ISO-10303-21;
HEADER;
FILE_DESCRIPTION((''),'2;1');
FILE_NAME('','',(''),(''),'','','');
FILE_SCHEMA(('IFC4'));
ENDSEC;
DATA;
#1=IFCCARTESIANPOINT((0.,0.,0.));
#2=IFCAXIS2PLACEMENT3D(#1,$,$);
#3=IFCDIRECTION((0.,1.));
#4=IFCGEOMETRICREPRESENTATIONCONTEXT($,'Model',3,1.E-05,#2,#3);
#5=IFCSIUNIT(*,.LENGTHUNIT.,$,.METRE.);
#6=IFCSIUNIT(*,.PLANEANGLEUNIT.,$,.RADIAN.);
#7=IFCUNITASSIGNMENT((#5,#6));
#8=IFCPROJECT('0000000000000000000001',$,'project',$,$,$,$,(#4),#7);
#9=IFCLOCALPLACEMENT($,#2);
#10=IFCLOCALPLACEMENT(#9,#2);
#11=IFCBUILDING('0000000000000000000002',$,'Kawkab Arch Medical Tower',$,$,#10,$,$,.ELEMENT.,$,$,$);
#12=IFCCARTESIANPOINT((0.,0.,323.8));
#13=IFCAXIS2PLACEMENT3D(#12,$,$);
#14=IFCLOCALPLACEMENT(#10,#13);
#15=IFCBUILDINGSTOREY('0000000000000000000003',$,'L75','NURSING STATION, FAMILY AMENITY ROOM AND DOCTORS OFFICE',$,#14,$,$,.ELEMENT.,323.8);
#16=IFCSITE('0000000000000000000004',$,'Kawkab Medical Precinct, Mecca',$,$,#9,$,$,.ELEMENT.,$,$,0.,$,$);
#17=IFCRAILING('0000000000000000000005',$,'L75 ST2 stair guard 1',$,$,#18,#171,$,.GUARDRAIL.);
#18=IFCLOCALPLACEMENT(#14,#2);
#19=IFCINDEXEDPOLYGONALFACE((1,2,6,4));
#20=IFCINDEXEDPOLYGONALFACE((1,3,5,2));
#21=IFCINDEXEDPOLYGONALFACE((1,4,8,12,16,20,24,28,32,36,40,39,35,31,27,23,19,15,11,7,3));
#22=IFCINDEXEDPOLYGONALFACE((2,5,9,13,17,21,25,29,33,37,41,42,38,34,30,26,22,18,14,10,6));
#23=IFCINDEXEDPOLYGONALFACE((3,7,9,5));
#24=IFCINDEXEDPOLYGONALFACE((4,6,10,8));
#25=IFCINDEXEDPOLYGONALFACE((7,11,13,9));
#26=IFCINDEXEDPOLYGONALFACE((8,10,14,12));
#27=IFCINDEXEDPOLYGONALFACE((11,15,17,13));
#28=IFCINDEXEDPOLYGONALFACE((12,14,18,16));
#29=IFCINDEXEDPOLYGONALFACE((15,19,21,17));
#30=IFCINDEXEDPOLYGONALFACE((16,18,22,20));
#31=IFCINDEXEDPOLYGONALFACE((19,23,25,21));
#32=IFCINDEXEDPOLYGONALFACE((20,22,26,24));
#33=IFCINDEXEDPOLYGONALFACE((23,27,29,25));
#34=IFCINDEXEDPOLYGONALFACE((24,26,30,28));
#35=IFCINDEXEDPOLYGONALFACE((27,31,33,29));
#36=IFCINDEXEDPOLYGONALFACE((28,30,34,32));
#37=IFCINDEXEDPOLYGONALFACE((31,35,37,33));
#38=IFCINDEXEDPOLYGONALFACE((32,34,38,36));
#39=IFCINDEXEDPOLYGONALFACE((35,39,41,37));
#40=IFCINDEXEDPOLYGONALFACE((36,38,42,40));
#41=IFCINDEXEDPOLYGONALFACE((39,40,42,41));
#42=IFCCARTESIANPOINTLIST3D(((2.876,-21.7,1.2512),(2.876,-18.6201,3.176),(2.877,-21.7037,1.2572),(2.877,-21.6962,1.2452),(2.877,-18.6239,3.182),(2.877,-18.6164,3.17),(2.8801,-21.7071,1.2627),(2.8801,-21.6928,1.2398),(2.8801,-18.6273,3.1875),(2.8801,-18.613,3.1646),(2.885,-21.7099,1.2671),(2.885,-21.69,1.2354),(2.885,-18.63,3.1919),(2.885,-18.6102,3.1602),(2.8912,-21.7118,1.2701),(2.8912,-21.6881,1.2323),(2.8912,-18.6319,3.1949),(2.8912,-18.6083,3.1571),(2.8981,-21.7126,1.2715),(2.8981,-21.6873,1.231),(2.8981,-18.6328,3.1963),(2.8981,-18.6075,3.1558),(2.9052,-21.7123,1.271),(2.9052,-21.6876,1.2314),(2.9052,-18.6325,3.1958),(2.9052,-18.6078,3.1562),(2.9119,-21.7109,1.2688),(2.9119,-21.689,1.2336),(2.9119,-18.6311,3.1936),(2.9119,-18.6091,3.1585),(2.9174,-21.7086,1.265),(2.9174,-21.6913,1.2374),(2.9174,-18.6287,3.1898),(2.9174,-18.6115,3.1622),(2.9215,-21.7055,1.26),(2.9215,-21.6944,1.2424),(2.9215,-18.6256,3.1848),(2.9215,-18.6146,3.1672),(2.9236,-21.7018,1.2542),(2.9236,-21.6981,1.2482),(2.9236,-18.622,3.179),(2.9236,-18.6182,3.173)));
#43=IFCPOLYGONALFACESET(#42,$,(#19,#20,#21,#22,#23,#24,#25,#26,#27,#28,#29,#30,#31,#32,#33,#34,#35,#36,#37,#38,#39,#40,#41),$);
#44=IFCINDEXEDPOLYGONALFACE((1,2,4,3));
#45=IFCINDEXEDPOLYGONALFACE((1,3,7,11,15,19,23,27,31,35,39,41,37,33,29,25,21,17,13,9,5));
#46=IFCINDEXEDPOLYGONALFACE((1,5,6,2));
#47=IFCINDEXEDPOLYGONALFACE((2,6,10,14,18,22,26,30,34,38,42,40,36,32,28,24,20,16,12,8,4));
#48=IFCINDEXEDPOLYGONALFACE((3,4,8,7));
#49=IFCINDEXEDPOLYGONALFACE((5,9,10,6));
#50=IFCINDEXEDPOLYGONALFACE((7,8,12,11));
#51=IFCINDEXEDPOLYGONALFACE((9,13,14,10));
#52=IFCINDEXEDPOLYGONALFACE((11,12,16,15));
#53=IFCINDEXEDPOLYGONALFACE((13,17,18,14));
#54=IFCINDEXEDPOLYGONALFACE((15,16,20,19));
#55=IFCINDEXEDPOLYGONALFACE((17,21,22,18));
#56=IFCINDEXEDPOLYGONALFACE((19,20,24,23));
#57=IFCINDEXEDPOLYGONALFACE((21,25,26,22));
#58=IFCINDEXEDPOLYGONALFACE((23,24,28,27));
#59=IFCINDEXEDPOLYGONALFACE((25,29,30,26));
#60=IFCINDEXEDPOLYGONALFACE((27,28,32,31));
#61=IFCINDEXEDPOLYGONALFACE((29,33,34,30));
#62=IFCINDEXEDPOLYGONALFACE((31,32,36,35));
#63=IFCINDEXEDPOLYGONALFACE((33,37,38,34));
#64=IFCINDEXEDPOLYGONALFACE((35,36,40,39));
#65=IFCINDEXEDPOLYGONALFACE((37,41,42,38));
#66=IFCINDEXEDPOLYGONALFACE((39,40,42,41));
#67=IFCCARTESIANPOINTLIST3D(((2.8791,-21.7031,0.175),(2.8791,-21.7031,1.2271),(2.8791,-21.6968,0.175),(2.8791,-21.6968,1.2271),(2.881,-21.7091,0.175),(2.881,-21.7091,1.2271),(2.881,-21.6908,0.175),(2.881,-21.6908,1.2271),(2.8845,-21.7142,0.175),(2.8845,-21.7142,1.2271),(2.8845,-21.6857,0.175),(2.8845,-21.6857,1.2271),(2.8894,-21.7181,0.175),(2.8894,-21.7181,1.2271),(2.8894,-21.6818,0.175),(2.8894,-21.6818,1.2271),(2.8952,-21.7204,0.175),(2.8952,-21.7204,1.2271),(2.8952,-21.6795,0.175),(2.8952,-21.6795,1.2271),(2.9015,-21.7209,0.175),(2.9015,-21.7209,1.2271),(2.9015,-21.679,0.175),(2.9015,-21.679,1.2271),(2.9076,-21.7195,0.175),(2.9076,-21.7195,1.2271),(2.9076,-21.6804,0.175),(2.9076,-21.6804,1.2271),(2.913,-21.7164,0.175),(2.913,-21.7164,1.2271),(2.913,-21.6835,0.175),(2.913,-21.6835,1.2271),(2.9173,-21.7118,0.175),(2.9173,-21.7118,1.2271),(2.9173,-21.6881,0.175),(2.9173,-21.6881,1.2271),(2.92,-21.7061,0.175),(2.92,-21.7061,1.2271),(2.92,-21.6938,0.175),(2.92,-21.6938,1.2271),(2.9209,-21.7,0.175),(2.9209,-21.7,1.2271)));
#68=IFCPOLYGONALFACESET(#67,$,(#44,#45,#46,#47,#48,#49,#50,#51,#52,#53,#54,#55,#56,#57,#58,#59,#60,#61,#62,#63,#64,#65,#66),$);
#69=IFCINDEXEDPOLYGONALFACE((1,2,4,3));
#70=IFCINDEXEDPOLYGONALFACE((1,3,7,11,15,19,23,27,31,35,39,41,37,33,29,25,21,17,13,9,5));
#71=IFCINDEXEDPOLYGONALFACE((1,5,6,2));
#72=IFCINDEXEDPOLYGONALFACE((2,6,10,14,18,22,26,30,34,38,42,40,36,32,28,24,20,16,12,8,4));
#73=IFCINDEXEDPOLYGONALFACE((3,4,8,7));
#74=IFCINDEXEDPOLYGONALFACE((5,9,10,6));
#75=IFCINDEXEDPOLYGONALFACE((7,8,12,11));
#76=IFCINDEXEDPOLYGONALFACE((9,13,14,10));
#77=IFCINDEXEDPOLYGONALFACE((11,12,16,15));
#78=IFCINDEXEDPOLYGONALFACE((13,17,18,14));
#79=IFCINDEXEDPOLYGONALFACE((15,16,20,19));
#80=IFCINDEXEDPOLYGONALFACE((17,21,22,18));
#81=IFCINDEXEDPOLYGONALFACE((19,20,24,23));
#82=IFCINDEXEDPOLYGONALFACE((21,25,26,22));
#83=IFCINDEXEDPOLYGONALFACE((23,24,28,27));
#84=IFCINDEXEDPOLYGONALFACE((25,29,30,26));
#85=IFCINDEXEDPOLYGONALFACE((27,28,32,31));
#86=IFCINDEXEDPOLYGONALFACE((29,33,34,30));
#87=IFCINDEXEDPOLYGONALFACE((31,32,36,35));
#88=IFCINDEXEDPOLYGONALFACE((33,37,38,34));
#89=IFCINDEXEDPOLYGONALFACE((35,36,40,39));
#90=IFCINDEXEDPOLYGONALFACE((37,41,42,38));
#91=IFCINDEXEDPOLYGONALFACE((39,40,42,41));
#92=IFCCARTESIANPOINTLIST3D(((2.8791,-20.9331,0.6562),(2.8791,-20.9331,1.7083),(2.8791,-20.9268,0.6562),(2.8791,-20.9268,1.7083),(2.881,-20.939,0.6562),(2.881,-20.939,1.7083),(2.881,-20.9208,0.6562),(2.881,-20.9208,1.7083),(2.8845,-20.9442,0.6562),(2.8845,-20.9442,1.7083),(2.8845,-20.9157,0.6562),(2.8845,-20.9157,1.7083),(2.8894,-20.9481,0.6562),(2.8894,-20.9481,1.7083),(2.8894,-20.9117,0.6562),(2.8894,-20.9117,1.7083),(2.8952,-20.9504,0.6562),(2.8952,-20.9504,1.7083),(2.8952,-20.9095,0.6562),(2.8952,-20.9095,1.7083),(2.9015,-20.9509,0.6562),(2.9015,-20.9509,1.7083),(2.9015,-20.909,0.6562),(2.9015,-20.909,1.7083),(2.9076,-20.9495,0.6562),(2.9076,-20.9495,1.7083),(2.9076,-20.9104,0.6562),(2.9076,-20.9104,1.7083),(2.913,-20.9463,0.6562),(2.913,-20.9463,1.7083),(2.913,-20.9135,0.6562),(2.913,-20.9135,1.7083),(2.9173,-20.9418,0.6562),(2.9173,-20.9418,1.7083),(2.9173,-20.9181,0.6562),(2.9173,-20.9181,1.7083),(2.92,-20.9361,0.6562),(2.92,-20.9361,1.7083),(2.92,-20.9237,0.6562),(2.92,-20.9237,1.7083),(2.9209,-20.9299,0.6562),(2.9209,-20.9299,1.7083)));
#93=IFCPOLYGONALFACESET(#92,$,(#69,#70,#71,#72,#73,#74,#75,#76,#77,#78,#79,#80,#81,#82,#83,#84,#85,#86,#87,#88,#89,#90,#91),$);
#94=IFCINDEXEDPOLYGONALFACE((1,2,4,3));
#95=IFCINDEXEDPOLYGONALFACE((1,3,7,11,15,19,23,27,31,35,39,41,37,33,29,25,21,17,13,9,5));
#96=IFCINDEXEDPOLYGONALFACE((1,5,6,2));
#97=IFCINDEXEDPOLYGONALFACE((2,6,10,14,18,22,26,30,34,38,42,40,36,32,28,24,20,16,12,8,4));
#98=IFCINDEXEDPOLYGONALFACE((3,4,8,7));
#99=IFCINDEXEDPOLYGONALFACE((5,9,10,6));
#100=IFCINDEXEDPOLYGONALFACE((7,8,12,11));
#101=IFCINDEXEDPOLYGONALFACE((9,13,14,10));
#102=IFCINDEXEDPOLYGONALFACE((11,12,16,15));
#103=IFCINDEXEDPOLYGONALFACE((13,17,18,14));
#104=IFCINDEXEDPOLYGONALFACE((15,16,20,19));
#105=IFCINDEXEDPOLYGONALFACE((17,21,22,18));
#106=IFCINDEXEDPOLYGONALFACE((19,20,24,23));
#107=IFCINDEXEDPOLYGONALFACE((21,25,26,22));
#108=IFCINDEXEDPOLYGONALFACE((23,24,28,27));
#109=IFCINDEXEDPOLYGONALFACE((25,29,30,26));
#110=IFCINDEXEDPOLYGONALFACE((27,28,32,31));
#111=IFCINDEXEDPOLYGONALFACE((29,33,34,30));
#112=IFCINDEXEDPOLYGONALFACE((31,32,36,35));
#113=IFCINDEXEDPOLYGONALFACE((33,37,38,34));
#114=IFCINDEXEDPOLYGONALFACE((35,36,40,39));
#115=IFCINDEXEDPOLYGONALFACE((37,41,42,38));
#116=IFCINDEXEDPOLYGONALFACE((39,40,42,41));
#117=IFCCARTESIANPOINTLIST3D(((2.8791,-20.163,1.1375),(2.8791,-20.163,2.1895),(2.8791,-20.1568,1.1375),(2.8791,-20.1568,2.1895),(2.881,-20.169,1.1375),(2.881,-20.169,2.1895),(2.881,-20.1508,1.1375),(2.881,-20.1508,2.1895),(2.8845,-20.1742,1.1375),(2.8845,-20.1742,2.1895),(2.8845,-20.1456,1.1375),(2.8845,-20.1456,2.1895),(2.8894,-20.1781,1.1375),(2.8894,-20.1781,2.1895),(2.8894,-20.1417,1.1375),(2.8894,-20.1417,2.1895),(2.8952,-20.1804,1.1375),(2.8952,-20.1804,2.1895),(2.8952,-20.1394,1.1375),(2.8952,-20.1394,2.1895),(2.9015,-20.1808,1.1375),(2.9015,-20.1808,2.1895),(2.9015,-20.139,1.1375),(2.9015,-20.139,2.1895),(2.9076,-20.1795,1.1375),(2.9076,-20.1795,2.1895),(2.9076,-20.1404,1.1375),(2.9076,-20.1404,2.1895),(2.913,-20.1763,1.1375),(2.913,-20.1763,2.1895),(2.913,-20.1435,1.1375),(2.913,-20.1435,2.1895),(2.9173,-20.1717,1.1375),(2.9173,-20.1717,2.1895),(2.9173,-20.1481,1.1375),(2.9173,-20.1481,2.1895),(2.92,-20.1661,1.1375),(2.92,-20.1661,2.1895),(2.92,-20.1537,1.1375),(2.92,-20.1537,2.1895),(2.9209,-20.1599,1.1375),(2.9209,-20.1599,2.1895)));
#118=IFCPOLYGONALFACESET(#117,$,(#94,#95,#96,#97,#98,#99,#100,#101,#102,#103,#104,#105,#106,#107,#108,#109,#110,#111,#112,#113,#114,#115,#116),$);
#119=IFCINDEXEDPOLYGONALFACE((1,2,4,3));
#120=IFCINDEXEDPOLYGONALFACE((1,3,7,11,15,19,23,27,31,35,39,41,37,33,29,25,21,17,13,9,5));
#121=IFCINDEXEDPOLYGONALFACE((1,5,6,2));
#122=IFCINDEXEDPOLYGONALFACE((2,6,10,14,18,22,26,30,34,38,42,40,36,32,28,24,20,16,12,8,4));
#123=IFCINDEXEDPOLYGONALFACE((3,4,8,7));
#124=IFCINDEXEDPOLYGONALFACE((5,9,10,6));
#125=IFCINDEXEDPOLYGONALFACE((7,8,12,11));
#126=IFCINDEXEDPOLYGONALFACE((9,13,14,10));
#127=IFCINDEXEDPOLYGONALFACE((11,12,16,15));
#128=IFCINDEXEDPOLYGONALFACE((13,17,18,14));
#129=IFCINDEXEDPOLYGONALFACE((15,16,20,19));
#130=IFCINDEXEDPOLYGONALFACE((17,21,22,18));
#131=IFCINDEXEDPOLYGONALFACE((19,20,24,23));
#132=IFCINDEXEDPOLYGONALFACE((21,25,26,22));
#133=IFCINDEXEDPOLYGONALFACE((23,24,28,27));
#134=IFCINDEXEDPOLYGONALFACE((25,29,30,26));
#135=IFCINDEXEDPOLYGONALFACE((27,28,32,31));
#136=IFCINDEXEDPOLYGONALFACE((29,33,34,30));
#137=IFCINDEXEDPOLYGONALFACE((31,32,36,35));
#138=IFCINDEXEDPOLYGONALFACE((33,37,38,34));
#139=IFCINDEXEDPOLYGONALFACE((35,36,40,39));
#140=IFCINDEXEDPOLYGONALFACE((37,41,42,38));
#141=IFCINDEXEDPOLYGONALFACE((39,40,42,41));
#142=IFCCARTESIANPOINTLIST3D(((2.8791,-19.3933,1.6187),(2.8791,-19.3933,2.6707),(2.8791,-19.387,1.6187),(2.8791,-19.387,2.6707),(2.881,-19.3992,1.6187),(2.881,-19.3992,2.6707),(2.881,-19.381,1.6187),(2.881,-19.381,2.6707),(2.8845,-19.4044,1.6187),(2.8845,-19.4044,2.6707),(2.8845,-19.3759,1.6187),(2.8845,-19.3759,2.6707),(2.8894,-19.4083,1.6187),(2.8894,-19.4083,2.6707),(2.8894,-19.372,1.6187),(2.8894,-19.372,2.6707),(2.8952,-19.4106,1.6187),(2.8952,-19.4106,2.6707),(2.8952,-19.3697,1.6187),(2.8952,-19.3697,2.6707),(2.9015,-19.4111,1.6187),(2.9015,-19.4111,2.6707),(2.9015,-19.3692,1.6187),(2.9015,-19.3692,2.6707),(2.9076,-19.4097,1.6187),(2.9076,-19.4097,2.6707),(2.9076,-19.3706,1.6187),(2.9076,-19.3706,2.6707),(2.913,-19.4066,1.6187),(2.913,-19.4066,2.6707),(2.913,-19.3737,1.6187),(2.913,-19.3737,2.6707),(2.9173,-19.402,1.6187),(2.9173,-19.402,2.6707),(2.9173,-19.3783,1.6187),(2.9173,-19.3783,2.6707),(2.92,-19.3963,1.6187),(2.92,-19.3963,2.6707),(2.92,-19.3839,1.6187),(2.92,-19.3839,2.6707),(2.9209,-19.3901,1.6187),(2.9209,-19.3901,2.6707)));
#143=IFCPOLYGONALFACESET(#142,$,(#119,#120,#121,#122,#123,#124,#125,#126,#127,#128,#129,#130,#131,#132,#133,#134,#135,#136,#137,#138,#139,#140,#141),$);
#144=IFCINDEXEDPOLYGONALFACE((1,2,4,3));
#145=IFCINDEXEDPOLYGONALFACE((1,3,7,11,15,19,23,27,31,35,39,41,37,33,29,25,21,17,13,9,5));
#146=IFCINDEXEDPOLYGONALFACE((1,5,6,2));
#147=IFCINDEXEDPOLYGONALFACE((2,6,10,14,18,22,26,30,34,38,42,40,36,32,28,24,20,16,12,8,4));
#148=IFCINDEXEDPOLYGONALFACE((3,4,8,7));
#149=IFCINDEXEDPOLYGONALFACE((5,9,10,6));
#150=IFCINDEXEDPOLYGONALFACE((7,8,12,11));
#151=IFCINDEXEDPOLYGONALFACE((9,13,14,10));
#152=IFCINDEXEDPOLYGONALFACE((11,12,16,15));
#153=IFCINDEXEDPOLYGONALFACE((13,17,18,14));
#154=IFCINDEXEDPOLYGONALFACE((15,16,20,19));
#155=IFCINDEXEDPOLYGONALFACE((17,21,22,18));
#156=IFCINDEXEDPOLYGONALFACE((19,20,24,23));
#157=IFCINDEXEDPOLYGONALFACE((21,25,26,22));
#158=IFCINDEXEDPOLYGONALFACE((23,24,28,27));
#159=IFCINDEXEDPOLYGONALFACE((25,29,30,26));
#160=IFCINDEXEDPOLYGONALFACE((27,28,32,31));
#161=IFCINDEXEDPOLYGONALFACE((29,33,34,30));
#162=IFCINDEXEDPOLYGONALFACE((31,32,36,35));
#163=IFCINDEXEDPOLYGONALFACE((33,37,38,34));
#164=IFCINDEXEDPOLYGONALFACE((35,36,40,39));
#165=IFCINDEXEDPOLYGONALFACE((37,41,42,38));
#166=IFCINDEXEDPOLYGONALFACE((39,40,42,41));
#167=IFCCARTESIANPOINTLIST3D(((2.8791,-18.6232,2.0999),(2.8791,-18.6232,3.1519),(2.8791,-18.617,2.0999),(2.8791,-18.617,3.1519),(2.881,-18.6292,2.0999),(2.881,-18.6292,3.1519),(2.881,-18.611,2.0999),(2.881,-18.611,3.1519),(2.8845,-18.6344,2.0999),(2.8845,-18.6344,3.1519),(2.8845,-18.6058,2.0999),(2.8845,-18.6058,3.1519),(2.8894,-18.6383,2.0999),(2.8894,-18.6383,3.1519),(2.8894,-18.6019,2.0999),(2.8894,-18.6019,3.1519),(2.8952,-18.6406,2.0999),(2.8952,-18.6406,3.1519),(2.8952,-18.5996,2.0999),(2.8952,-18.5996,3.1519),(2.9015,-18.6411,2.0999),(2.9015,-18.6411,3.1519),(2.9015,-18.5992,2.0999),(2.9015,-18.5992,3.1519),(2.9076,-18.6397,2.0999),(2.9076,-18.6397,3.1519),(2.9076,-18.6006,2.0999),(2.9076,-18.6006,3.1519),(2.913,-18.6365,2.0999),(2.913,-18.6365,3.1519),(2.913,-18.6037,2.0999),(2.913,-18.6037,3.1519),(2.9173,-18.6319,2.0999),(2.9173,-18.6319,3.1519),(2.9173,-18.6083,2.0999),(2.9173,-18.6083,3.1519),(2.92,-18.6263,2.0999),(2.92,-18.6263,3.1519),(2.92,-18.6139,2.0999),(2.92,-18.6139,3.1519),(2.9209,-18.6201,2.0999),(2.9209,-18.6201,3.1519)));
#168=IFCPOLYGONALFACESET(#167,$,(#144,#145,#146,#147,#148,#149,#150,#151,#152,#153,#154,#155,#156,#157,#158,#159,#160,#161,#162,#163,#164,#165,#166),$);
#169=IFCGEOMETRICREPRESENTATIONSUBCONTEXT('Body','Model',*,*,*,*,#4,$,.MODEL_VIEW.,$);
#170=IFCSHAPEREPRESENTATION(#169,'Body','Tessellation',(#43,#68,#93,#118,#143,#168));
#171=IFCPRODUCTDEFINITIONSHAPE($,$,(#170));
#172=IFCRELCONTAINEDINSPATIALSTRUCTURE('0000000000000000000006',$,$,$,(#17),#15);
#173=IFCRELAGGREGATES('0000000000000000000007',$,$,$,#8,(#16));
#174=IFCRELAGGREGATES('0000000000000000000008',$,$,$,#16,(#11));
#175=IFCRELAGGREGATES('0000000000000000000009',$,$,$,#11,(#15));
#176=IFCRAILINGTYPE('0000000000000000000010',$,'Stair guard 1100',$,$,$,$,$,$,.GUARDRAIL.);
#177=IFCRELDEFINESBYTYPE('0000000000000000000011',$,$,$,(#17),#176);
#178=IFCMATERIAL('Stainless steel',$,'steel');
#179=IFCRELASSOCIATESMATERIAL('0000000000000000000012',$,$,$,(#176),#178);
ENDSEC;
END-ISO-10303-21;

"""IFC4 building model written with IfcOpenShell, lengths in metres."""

from ifc_helpers import new_model, si_unit, direction, frame, origin, origin_2d, place, context, subcontext, project, spatial, circle, extrude, material, type_object, element, save


model = new_model("IFC4")

# Units and contexts
model_context = context("Model", 3, precision=1e-05, world=origin(), true_north=direction((0.0, 1.0)))
body_context = subcontext(model_context, "Body", "Model", "MODEL_VIEW")
ifc_project = project(units=[si_unit("LENGTHUNIT", "METRE"), si_unit("PLANEANGLEUNIT", "RADIAN")], contexts=[model_context])

# Site, building, storey
site_placement = place(None, origin())
site = spatial("IfcSite", under=ifc_project, at=site_placement, Name="Kawkab Medical Precinct, Mecca", CompositionType="ELEMENT", RefElevation=0.0)
building_placement = place(site_placement, origin())
building = spatial("IfcBuilding", under=site, at=building_placement, Name="Kawkab Arch Medical Tower", CompositionType="ELEMENT")
storey_placement = place(building_placement, frame((0.0, 0.0, 323.8)))
storey = spatial("IfcBuildingStorey", under=building, at=storey_placement, Name="L75", Description="NURSING STATION, FAMILY AMENITY ROOM AND DOCTORS OFFICE", CompositionType="ELEMENT", Elevation=323.8)

# Railing
ifc_material_1 = material(Name="Stainless steel", Category="steel")
railing_type = type_object("IfcRailingType", Name="Stair guard 1100", PredefinedType="GUARDRAIL", material=ifc_material_1)
railing_1_placement = place(storey_placement, frame((2.8999, -21.7, 0.175)))
element("IfcRailing", 1, at=railing_1_placement, inside=storey, type_object=railing_type, Name="L75 ST2 stair guard 1", PredefinedType="GUARDRAIL", context=body_context, shape_type="SweptSolid", body=[
    extrude(circle(Radius=0.0239, at=origin_2d()), frame((0.0, 0.0, 1.0762), z_axis=(0.0, 0.84801, 0.529981), x_axis=(-1.0, 0.0, 0.0)), (0.0, 0.0, 1.0), 3.6318),
    extrude(circle(Radius=0.021, at=origin_2d()), origin(), (0.0, 0.0, 1.0), 1.052),
    extrude(circle(Radius=0.021, at=origin_2d()), frame((0.0, 0.77, 0.4812)), (0.0, 0.0, 1.0), 1.052),
    extrude(circle(Radius=0.021, at=origin_2d()), frame((0.0, 1.54, 0.9624)), (0.0, 0.0, 1.0), 1.052),
    extrude(circle(Radius=0.021, at=origin_2d()), frame((0.0, 2.3098, 1.4436)), (0.0, 0.0, 1.0), 1.052),
    extrude(circle(Radius=0.021, at=origin_2d()), frame((0.0, 3.0798, 1.9248)), (0.0, 0.0, 1.0), 1.052),
])

save(model, "model.ifc")
